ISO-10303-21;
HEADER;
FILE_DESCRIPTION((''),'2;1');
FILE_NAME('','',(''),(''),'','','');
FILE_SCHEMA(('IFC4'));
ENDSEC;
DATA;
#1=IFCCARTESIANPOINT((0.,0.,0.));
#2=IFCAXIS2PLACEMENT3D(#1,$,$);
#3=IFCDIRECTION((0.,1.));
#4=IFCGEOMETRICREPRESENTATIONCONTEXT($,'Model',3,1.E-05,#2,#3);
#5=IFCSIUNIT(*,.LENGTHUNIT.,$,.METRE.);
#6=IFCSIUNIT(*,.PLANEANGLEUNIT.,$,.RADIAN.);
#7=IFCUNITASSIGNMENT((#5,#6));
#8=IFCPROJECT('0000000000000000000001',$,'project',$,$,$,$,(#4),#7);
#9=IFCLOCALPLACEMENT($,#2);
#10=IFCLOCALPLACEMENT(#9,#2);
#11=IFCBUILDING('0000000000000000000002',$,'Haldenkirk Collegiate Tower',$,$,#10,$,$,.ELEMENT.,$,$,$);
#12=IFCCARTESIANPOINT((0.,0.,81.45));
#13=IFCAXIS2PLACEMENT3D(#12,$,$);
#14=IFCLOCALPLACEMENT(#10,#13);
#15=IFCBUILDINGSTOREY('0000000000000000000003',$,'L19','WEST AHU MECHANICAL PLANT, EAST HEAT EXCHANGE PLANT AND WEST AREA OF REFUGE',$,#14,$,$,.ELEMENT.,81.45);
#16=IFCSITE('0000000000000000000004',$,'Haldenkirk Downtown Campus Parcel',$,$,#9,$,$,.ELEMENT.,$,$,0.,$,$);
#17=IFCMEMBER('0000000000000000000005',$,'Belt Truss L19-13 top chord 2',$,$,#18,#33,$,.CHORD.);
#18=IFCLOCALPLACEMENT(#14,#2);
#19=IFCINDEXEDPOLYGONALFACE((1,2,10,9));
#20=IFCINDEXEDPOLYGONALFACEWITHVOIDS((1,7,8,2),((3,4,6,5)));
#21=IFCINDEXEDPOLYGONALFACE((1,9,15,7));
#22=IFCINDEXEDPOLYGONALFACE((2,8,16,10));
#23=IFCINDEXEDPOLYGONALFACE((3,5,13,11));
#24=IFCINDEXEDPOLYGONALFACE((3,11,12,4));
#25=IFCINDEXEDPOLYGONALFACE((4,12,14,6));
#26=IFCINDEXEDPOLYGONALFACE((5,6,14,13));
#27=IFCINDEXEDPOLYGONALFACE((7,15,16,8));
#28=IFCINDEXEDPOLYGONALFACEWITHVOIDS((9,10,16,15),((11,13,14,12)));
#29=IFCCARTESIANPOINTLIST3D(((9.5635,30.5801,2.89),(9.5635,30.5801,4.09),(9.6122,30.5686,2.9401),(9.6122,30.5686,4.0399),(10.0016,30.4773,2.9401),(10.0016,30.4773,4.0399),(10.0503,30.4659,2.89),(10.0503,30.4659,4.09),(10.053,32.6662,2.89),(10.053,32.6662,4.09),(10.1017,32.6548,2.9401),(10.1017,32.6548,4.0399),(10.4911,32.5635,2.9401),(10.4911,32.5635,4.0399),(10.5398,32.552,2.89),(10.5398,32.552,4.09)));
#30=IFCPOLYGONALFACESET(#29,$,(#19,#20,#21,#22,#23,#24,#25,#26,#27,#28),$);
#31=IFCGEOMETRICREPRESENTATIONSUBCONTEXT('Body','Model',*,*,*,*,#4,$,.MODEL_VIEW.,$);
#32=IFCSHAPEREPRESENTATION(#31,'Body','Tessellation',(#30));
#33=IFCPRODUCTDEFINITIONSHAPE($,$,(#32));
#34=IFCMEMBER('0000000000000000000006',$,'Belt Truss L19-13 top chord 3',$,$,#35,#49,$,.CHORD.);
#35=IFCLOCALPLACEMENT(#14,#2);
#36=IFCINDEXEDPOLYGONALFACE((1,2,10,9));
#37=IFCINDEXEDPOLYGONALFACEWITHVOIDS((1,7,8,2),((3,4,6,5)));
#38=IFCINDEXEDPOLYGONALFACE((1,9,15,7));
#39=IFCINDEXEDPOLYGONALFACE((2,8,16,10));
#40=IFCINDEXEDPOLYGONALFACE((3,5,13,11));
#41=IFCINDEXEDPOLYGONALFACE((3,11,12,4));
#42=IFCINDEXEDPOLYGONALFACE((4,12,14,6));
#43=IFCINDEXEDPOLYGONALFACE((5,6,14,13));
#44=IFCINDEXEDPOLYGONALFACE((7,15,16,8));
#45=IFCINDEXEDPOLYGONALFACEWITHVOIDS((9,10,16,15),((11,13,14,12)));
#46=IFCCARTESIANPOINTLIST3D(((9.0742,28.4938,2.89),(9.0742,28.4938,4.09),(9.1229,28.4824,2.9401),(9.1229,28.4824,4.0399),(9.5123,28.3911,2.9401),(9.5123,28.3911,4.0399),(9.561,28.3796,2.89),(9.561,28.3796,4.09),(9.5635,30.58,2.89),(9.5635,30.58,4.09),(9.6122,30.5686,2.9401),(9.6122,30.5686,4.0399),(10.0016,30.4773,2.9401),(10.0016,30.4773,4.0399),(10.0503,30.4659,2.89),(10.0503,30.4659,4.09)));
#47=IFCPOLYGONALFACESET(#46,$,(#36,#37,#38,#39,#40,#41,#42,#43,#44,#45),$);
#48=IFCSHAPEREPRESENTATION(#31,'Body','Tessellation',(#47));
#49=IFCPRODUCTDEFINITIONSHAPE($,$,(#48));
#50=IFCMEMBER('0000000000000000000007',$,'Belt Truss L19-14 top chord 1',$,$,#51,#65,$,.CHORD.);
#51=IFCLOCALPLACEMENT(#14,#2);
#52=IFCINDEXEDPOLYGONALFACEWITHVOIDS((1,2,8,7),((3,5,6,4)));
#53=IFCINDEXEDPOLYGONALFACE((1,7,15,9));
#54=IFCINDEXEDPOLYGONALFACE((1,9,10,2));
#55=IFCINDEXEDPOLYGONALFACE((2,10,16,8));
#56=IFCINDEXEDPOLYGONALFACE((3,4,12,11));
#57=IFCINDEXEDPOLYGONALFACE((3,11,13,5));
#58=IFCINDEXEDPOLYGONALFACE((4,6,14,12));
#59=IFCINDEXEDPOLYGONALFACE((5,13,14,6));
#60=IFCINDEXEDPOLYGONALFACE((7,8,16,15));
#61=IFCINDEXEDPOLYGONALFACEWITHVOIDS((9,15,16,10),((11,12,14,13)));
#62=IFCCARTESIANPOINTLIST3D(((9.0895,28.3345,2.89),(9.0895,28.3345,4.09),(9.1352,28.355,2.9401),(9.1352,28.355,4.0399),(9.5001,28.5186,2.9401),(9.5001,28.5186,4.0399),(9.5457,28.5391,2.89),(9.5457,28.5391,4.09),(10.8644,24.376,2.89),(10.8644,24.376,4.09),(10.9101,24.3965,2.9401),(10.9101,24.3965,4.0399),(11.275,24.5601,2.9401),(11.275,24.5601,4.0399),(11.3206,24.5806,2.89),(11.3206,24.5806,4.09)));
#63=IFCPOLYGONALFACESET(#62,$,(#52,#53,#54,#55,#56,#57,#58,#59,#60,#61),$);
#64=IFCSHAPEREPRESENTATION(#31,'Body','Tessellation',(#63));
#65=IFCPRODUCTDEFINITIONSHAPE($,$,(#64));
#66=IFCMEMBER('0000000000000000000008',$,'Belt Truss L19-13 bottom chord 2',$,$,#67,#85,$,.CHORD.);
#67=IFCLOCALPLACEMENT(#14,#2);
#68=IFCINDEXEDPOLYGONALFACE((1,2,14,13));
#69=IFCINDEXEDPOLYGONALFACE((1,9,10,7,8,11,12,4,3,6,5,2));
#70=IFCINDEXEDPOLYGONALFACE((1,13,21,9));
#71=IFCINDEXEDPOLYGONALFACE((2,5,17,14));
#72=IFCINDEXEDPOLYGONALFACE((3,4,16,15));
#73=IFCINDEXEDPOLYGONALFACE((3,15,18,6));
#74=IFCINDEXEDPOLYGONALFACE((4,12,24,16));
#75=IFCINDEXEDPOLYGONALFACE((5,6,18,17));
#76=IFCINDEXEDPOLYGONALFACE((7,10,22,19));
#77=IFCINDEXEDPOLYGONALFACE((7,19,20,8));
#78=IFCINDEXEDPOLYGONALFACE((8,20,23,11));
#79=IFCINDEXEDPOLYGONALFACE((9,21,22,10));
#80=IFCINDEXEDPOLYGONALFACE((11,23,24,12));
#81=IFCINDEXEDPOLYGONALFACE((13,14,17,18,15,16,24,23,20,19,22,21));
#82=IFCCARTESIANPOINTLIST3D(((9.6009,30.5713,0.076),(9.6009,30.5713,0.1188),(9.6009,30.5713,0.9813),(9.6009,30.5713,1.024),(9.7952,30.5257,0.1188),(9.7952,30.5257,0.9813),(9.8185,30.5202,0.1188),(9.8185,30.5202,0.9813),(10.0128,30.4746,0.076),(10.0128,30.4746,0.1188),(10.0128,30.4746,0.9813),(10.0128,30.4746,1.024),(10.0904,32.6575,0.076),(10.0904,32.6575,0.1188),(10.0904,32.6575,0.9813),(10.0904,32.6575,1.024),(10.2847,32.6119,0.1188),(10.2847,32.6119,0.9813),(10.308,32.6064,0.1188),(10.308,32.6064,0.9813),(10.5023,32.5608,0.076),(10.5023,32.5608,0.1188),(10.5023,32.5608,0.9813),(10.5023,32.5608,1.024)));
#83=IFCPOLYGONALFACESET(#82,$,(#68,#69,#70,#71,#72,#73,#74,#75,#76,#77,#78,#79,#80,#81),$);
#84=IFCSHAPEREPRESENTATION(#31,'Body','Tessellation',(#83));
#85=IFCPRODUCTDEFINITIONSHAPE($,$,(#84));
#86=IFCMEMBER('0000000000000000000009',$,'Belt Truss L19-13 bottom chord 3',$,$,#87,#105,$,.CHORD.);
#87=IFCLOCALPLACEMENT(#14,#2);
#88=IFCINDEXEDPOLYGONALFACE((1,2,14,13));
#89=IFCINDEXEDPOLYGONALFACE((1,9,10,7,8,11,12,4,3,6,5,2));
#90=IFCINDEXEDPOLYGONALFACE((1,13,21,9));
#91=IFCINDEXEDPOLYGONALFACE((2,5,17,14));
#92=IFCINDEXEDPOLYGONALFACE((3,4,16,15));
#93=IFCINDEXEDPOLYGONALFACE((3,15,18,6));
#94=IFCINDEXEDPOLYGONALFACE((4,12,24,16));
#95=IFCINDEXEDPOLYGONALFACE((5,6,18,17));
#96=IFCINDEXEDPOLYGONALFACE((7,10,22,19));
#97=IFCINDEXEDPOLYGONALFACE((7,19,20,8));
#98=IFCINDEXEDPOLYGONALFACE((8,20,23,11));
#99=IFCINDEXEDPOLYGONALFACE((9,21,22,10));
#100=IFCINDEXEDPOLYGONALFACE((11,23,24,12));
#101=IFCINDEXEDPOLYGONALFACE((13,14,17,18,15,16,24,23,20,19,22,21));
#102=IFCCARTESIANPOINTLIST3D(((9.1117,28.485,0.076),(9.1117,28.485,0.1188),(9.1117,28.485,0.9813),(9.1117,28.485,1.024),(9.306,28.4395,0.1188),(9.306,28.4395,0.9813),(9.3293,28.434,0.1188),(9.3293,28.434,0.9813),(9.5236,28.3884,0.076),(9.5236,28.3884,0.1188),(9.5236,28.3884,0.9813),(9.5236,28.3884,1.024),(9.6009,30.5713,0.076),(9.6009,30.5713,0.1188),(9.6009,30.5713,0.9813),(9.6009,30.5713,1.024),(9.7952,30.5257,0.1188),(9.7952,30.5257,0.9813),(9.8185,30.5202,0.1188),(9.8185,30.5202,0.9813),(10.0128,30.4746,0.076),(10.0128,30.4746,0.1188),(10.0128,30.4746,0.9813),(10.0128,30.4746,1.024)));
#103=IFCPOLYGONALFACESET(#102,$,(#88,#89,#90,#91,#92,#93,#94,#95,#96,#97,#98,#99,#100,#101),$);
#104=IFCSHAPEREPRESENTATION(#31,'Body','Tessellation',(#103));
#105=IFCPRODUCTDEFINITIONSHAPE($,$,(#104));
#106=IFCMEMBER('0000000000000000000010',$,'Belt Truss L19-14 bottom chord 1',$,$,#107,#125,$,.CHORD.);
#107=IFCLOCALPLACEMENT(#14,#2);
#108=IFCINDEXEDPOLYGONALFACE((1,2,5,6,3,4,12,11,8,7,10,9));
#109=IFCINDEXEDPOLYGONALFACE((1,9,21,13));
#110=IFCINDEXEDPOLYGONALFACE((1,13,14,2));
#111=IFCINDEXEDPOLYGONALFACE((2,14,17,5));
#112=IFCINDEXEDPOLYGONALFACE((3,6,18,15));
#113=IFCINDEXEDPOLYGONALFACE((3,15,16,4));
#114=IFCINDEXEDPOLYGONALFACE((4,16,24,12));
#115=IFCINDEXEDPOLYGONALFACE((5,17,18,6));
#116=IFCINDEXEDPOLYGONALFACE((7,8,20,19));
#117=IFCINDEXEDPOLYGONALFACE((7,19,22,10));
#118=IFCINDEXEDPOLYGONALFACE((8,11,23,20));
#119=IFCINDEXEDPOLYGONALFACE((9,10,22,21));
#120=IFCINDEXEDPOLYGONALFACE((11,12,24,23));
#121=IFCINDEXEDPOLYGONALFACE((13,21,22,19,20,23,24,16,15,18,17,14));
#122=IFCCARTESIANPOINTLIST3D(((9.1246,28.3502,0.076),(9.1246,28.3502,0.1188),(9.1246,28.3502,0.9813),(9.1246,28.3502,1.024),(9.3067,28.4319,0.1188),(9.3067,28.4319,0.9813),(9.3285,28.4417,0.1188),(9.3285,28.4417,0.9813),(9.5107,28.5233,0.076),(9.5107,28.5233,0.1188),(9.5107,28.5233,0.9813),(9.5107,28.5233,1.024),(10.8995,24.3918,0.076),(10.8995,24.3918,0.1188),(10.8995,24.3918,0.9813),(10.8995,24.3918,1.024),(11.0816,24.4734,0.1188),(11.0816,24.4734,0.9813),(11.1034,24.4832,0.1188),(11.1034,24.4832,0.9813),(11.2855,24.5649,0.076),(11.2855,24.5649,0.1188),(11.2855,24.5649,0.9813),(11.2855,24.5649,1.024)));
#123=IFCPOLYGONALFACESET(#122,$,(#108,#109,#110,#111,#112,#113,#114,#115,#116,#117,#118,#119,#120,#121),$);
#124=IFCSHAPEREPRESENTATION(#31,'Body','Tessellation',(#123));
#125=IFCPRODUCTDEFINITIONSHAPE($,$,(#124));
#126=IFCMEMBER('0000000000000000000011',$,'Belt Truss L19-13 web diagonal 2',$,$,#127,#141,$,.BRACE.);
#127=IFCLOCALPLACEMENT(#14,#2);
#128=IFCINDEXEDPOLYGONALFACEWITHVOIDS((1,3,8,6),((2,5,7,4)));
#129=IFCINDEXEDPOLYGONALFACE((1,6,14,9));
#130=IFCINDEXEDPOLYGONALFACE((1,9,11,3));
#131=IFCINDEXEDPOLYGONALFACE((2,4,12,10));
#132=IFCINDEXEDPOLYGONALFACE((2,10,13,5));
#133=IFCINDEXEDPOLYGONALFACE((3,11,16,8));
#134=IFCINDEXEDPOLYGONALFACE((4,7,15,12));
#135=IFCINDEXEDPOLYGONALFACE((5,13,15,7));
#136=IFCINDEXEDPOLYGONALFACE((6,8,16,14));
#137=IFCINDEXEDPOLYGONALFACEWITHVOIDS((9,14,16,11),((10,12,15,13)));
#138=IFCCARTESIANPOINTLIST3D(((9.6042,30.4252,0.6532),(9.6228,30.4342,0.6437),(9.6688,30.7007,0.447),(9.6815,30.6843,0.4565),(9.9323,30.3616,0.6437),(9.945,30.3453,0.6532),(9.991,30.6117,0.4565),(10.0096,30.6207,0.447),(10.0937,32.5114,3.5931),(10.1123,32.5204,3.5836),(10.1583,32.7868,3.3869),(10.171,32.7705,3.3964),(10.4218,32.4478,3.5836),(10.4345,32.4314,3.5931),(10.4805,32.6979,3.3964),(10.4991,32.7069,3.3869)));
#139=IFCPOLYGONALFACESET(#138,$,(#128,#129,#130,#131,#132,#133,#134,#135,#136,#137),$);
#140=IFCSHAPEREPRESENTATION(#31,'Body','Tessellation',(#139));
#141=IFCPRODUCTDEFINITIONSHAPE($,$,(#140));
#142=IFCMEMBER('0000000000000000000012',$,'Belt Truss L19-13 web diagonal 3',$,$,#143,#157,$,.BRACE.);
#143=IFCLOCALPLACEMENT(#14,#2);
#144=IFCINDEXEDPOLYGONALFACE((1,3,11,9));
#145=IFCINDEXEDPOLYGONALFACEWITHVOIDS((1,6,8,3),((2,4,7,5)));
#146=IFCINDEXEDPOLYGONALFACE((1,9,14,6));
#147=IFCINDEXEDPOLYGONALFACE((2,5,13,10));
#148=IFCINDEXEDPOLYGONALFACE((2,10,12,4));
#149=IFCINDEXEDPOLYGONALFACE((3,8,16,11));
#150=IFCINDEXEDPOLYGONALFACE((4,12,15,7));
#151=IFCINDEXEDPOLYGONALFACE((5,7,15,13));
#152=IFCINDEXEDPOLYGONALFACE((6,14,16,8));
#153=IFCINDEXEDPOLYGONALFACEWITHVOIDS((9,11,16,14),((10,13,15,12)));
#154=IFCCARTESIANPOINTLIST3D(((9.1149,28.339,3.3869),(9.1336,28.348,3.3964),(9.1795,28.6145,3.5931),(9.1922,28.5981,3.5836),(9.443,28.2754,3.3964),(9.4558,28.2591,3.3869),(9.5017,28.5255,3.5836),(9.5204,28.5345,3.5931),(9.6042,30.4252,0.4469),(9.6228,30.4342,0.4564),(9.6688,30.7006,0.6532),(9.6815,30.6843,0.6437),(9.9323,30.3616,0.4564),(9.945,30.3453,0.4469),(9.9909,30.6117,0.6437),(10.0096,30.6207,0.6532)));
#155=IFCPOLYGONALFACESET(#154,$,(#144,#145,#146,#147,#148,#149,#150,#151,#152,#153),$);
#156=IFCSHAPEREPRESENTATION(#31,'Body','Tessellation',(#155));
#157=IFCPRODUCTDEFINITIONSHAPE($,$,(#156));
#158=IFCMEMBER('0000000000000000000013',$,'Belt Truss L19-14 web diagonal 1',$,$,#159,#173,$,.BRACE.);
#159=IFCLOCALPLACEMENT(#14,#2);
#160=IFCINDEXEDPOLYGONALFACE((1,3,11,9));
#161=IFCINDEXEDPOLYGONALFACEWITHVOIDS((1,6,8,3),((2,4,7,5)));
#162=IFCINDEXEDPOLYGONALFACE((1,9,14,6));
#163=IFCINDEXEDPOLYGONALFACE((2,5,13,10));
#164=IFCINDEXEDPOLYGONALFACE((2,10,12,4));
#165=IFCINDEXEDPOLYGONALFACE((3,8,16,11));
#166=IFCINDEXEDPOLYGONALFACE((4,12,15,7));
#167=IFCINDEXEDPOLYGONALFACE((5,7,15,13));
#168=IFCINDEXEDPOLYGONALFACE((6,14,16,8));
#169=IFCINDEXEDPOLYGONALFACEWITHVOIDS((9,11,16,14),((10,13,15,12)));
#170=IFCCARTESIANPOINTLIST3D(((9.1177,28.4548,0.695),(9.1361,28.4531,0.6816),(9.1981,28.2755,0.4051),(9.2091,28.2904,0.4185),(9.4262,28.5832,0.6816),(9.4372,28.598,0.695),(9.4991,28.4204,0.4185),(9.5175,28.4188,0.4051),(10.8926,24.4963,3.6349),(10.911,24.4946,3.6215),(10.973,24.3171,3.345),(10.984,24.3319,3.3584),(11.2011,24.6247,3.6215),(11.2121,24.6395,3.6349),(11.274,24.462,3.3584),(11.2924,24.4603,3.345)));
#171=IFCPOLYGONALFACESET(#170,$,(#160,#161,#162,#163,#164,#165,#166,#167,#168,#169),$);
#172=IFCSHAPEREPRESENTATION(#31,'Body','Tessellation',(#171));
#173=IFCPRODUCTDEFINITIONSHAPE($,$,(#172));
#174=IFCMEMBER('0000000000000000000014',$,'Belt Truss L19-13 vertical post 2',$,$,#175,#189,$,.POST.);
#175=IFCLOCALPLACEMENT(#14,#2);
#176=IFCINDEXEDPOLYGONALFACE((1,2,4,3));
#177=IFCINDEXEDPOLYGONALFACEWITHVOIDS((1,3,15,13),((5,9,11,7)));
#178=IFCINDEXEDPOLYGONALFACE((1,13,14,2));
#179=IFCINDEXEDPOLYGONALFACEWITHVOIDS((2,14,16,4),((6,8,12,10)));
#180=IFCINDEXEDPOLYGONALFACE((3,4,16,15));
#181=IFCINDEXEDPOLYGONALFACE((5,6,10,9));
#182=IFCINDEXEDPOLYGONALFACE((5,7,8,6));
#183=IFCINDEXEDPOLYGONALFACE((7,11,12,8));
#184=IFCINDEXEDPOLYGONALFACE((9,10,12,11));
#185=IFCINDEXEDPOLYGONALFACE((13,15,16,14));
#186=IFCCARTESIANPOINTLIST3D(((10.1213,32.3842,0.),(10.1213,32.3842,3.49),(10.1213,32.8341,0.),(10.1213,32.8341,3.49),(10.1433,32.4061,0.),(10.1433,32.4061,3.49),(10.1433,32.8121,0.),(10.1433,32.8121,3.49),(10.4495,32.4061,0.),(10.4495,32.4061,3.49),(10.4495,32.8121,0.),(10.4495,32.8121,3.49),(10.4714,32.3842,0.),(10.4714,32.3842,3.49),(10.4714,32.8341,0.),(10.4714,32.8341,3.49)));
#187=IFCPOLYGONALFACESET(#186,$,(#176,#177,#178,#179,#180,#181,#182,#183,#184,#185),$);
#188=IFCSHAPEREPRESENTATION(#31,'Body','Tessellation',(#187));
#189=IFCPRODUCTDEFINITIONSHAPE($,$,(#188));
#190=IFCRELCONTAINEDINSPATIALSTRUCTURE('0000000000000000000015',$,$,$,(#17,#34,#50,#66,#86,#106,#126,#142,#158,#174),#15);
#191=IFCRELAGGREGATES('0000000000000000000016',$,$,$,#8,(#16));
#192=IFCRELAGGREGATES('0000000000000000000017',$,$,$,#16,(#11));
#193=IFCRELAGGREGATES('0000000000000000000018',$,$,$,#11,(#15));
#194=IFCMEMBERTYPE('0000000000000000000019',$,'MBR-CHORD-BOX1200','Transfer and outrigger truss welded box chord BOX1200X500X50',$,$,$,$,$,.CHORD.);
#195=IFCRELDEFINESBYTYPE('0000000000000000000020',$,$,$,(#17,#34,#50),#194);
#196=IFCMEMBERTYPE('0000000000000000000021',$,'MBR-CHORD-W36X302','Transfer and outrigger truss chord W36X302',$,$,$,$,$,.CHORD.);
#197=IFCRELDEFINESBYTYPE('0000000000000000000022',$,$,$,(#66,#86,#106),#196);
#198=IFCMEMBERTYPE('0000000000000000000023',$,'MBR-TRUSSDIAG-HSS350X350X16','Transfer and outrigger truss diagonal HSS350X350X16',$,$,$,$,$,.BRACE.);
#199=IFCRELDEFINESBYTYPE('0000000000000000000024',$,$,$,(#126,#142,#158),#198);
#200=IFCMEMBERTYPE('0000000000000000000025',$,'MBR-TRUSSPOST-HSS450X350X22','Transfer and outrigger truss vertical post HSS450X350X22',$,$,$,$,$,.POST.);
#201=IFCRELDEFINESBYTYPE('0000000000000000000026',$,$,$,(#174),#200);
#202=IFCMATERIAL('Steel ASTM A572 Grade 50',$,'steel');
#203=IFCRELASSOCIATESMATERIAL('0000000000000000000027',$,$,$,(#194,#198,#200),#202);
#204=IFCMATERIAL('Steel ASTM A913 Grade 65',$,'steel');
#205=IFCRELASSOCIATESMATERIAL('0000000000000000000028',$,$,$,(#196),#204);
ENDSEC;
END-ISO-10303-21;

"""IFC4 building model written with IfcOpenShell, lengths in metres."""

from ifc_helpers import new_model, si_unit, direction, frame, origin, origin_2d, place, context, subcontext, project, spatial, hollow_rectangle, i_section, extrude, material, material_profile, profile_set, type_object, element, save


model = new_model("IFC4")

# Units and contexts
model_context = context("Model", 3, precision=1e-05, world=origin(), true_north=direction((0.0, 1.0)))
body_context = subcontext(model_context, "Body", "Model", "MODEL_VIEW")
ifc_project = project(units=[si_unit("LENGTHUNIT", "METRE"), si_unit("PLANEANGLEUNIT", "RADIAN")], contexts=[model_context])

# Site, building, storey
site_placement = place(None, origin())
site = spatial("IfcSite", under=ifc_project, at=site_placement, Name="Haldenkirk Downtown Campus Parcel", CompositionType="ELEMENT", RefElevation=0.0)
building_placement = place(site_placement, origin())
building = spatial("IfcBuilding", under=site, at=building_placement, Name="Haldenkirk Collegiate Tower", CompositionType="ELEMENT")
storey_placement = place(building_placement, frame((0.0, 0.0, 81.45)))
storey = spatial("IfcBuildingStorey", under=building, at=storey_placement, Name="L19", Description="WEST AHU MECHANICAL PLANT, EAST HEAT EXCHANGE PLANT AND WEST AREA OF REFUGE", CompositionType="ELEMENT", Elevation=81.45)

# Members
ifc_material_1 = material(Name="Steel ASTM A572 Grade 50", Category="steel")
ifc_material_profile_1 = material_profile(ifc_material_1, hollow_rectangle(XDim=0.5, YDim=1.2, WallThickness=0.05, at=origin_2d()), Name="BOX1200X500X50")
ifc_profile_set_1 = profile_set([ifc_material_profile_1], Name="Steel ASTM A572 Grade 50")
member_type_1 = type_object("IfcMemberType", Name="MBR-CHORD-BOX1200", Description="Transfer and outrigger truss welded box chord BOX1200X500X50", PredefinedType="CHORD", material=ifc_profile_set_1)
for number, where, z_axis, x_axis, name in (
    (1, (10.2964, 32.6091, 3.49), (-0.228436, -0.973559, 0.0), (0.973559, -0.228436, 0.0), "Belt Truss L19-13 top chord 2"),
    (2, (9.8069, 30.5229, 3.49), (-0.228328, -0.973584, 0.0), (0.973584, -0.228328, 0.0), "Belt Truss L19-13 top chord 3"),
):
    element("IfcMember", number, at=place(storey_placement, frame(where, z_axis=z_axis, x_axis=x_axis)), inside=storey, type_object=member_type_1, Name=name, PredefinedType="CHORD", context=body_context, shape_type="SweptSolid", body=[
        extrude(hollow_rectangle(XDim=0.5, YDim=1.2, WallThickness=0.05, at=origin_2d()), origin(), (0.0, 0.0, 1.0), 2.1428),
    ])
member_1_placement = place(storey_placement, frame((9.3176, 28.4368, 3.49), z_axis=(0.409133, -0.912475, 0.0), x_axis=(0.912475, 0.409133, 0.0)))
element("IfcMember", 3, at=member_1_placement, inside=storey, type_object=member_type_1, Name="Belt Truss L19-14 top chord 1", PredefinedType="CHORD", context=body_context, shape_type="SweptSolid", body=[
    extrude(hollow_rectangle(XDim=0.5, YDim=1.2, WallThickness=0.05, at=origin_2d()), origin(), (0.0, 0.0, 1.0), 4.3381),
])
ifc_material_2 = material(Name="Steel ASTM A913 Grade 65", Category="steel")
ifc_material_profile_2 = material_profile(ifc_material_2, i_section(OverallWidth=0.4231, OverallDepth=0.948, WebThickness=0.0239, FlangeThickness=0.0427, at=origin_2d()), Name="W36X302")
ifc_profile_set_2 = profile_set([ifc_material_profile_2], Name="Steel ASTM A913 Grade 65")
member_type_2 = type_object("IfcMemberType", Name="MBR-CHORD-W36X302", Description="Transfer and outrigger truss chord W36X302", PredefinedType="CHORD", material=ifc_profile_set_2)
for number, where, z_axis, x_axis, name in (
    (4, (10.2964, 32.6091, 0.55), (-0.228436, -0.973559, 0.0), (0.973559, -0.228436, 0.0), "Belt Truss L19-13 bottom chord 2"),
    (5, (9.8069, 30.5229, 0.55), (-0.228328, -0.973584, 0.0), (0.973584, -0.228328, 0.0), "Belt Truss L19-13 bottom chord 3"),
):
    element("IfcMember", number, at=place(storey_placement, frame(where, z_axis=z_axis, x_axis=x_axis)), inside=storey, type_object=member_type_2, Name=name, PredefinedType="CHORD", context=body_context, shape_type="SweptSolid", body=[
        extrude(i_section(OverallWidth=0.4231, OverallDepth=0.948, WebThickness=0.0239, FlangeThickness=0.0427, at=origin_2d()), origin(), (0.0, 0.0, 1.0), 2.1428),
    ])
member_2_placement = place(storey_placement, frame((9.3176, 28.4368, 0.55), z_axis=(0.409133, -0.912475, 0.0), x_axis=(0.912475, 0.409133, 0.0)))
element("IfcMember", 6, at=member_2_placement, inside=storey, type_object=member_type_2, Name="Belt Truss L19-14 bottom chord 1", PredefinedType="CHORD", context=body_context, shape_type="SweptSolid", body=[
    extrude(i_section(OverallWidth=0.4231, OverallDepth=0.948, WebThickness=0.0239, FlangeThickness=0.0427, at=origin_2d()), origin(), (0.0, 0.0, 1.0), 4.3381),
])
ifc_material_profile_3 = material_profile(ifc_material_1, hollow_rectangle(XDim=0.3501, YDim=0.3501, WallThickness=0.0161, at=origin_2d()), Name="HSS350X350X16")
ifc_profile_set_3 = profile_set([ifc_material_profile_3], Name="Steel ASTM A572 Grade 50")
member_type_3 = type_object("IfcMemberType", Name="MBR-TRUSSDIAG-HSS350X350X16", Description="Transfer and outrigger truss diagonal HSS350X350X16", PredefinedType="BRACE", material=ifc_profile_set_3)
for number, where, z_axis, x_axis, name in (
    (7, (10.2964, 32.6091, 3.49), (-0.134553, -0.573442, -0.808121), (0.973559, -0.228436, 0.0), "Belt Truss L19-13 web diagonal 2"),
    (8, (9.8069, 30.5229, 0.55), (-0.134487, -0.573448, 0.808128), (0.973584, -0.228328, 0.0), "Belt Truss L19-13 web diagonal 3"),
):
    element("IfcMember", number, at=place(storey_placement, frame(where, z_axis=z_axis, x_axis=x_axis)), inside=storey, type_object=member_type_3, Name=name, PredefinedType="BRACE", context=body_context, shape_type="SweptSolid", body=[
        extrude(hollow_rectangle(XDim=0.3501, YDim=0.3501, WallThickness=0.0161, at=origin_2d()), origin(), (0.0, 0.0, 1.0), 3.6379),
    ])
member_3_placement = place(storey_placement, frame((9.3176, 28.4368, 0.55), z_axis=(0.338687, -0.755361, 0.561), x_axis=(0.912475, 0.409133, 0.0)))
element("IfcMember", 9, at=member_3_placement, inside=storey, type_object=member_type_3, Name="Belt Truss L19-14 web diagonal 1", PredefinedType="BRACE", context=body_context, shape_type="SweptSolid", body=[
    extrude(hollow_rectangle(XDim=0.3501, YDim=0.3501, WallThickness=0.0161, at=origin_2d()), origin(), (0.0, 0.0, 1.0), 5.2405),
])
ifc_material_profile_4 = material_profile(ifc_material_1, hollow_rectangle(XDim=0.3501, YDim=0.45, WallThickness=0.022, at=origin_2d()), Name="HSS450X350X22")
ifc_profile_set_4 = profile_set([ifc_material_profile_4], Name="Steel ASTM A572 Grade 50")
member_type_4 = type_object("IfcMemberType", Name="MBR-TRUSSPOST-HSS450X350X22", Description="Transfer and outrigger truss vertical post HSS450X350X22", PredefinedType="POST", material=ifc_profile_set_4)
for number, where, z_axis, x_axis, name in (
    (10, (10.2964, 32.6091, 0.0), (0.0, 0.0, 1.0), (1.0, 0.0, 0.0), "Belt Truss L19-13 vertical post 2"),
):
    element("IfcMember", number, at=place(storey_placement, frame(where, z_axis=z_axis, x_axis=x_axis)), inside=storey, type_object=member_type_4, Name=name, PredefinedType="POST", context=body_context, shape_type="SweptSolid", body=[
        extrude(hollow_rectangle(XDim=0.3501, YDim=0.45, WallThickness=0.022, at=origin_2d()), origin(), (0.0, 0.0, 1.0), 3.49),
    ])

save(model, "model.ifc")
